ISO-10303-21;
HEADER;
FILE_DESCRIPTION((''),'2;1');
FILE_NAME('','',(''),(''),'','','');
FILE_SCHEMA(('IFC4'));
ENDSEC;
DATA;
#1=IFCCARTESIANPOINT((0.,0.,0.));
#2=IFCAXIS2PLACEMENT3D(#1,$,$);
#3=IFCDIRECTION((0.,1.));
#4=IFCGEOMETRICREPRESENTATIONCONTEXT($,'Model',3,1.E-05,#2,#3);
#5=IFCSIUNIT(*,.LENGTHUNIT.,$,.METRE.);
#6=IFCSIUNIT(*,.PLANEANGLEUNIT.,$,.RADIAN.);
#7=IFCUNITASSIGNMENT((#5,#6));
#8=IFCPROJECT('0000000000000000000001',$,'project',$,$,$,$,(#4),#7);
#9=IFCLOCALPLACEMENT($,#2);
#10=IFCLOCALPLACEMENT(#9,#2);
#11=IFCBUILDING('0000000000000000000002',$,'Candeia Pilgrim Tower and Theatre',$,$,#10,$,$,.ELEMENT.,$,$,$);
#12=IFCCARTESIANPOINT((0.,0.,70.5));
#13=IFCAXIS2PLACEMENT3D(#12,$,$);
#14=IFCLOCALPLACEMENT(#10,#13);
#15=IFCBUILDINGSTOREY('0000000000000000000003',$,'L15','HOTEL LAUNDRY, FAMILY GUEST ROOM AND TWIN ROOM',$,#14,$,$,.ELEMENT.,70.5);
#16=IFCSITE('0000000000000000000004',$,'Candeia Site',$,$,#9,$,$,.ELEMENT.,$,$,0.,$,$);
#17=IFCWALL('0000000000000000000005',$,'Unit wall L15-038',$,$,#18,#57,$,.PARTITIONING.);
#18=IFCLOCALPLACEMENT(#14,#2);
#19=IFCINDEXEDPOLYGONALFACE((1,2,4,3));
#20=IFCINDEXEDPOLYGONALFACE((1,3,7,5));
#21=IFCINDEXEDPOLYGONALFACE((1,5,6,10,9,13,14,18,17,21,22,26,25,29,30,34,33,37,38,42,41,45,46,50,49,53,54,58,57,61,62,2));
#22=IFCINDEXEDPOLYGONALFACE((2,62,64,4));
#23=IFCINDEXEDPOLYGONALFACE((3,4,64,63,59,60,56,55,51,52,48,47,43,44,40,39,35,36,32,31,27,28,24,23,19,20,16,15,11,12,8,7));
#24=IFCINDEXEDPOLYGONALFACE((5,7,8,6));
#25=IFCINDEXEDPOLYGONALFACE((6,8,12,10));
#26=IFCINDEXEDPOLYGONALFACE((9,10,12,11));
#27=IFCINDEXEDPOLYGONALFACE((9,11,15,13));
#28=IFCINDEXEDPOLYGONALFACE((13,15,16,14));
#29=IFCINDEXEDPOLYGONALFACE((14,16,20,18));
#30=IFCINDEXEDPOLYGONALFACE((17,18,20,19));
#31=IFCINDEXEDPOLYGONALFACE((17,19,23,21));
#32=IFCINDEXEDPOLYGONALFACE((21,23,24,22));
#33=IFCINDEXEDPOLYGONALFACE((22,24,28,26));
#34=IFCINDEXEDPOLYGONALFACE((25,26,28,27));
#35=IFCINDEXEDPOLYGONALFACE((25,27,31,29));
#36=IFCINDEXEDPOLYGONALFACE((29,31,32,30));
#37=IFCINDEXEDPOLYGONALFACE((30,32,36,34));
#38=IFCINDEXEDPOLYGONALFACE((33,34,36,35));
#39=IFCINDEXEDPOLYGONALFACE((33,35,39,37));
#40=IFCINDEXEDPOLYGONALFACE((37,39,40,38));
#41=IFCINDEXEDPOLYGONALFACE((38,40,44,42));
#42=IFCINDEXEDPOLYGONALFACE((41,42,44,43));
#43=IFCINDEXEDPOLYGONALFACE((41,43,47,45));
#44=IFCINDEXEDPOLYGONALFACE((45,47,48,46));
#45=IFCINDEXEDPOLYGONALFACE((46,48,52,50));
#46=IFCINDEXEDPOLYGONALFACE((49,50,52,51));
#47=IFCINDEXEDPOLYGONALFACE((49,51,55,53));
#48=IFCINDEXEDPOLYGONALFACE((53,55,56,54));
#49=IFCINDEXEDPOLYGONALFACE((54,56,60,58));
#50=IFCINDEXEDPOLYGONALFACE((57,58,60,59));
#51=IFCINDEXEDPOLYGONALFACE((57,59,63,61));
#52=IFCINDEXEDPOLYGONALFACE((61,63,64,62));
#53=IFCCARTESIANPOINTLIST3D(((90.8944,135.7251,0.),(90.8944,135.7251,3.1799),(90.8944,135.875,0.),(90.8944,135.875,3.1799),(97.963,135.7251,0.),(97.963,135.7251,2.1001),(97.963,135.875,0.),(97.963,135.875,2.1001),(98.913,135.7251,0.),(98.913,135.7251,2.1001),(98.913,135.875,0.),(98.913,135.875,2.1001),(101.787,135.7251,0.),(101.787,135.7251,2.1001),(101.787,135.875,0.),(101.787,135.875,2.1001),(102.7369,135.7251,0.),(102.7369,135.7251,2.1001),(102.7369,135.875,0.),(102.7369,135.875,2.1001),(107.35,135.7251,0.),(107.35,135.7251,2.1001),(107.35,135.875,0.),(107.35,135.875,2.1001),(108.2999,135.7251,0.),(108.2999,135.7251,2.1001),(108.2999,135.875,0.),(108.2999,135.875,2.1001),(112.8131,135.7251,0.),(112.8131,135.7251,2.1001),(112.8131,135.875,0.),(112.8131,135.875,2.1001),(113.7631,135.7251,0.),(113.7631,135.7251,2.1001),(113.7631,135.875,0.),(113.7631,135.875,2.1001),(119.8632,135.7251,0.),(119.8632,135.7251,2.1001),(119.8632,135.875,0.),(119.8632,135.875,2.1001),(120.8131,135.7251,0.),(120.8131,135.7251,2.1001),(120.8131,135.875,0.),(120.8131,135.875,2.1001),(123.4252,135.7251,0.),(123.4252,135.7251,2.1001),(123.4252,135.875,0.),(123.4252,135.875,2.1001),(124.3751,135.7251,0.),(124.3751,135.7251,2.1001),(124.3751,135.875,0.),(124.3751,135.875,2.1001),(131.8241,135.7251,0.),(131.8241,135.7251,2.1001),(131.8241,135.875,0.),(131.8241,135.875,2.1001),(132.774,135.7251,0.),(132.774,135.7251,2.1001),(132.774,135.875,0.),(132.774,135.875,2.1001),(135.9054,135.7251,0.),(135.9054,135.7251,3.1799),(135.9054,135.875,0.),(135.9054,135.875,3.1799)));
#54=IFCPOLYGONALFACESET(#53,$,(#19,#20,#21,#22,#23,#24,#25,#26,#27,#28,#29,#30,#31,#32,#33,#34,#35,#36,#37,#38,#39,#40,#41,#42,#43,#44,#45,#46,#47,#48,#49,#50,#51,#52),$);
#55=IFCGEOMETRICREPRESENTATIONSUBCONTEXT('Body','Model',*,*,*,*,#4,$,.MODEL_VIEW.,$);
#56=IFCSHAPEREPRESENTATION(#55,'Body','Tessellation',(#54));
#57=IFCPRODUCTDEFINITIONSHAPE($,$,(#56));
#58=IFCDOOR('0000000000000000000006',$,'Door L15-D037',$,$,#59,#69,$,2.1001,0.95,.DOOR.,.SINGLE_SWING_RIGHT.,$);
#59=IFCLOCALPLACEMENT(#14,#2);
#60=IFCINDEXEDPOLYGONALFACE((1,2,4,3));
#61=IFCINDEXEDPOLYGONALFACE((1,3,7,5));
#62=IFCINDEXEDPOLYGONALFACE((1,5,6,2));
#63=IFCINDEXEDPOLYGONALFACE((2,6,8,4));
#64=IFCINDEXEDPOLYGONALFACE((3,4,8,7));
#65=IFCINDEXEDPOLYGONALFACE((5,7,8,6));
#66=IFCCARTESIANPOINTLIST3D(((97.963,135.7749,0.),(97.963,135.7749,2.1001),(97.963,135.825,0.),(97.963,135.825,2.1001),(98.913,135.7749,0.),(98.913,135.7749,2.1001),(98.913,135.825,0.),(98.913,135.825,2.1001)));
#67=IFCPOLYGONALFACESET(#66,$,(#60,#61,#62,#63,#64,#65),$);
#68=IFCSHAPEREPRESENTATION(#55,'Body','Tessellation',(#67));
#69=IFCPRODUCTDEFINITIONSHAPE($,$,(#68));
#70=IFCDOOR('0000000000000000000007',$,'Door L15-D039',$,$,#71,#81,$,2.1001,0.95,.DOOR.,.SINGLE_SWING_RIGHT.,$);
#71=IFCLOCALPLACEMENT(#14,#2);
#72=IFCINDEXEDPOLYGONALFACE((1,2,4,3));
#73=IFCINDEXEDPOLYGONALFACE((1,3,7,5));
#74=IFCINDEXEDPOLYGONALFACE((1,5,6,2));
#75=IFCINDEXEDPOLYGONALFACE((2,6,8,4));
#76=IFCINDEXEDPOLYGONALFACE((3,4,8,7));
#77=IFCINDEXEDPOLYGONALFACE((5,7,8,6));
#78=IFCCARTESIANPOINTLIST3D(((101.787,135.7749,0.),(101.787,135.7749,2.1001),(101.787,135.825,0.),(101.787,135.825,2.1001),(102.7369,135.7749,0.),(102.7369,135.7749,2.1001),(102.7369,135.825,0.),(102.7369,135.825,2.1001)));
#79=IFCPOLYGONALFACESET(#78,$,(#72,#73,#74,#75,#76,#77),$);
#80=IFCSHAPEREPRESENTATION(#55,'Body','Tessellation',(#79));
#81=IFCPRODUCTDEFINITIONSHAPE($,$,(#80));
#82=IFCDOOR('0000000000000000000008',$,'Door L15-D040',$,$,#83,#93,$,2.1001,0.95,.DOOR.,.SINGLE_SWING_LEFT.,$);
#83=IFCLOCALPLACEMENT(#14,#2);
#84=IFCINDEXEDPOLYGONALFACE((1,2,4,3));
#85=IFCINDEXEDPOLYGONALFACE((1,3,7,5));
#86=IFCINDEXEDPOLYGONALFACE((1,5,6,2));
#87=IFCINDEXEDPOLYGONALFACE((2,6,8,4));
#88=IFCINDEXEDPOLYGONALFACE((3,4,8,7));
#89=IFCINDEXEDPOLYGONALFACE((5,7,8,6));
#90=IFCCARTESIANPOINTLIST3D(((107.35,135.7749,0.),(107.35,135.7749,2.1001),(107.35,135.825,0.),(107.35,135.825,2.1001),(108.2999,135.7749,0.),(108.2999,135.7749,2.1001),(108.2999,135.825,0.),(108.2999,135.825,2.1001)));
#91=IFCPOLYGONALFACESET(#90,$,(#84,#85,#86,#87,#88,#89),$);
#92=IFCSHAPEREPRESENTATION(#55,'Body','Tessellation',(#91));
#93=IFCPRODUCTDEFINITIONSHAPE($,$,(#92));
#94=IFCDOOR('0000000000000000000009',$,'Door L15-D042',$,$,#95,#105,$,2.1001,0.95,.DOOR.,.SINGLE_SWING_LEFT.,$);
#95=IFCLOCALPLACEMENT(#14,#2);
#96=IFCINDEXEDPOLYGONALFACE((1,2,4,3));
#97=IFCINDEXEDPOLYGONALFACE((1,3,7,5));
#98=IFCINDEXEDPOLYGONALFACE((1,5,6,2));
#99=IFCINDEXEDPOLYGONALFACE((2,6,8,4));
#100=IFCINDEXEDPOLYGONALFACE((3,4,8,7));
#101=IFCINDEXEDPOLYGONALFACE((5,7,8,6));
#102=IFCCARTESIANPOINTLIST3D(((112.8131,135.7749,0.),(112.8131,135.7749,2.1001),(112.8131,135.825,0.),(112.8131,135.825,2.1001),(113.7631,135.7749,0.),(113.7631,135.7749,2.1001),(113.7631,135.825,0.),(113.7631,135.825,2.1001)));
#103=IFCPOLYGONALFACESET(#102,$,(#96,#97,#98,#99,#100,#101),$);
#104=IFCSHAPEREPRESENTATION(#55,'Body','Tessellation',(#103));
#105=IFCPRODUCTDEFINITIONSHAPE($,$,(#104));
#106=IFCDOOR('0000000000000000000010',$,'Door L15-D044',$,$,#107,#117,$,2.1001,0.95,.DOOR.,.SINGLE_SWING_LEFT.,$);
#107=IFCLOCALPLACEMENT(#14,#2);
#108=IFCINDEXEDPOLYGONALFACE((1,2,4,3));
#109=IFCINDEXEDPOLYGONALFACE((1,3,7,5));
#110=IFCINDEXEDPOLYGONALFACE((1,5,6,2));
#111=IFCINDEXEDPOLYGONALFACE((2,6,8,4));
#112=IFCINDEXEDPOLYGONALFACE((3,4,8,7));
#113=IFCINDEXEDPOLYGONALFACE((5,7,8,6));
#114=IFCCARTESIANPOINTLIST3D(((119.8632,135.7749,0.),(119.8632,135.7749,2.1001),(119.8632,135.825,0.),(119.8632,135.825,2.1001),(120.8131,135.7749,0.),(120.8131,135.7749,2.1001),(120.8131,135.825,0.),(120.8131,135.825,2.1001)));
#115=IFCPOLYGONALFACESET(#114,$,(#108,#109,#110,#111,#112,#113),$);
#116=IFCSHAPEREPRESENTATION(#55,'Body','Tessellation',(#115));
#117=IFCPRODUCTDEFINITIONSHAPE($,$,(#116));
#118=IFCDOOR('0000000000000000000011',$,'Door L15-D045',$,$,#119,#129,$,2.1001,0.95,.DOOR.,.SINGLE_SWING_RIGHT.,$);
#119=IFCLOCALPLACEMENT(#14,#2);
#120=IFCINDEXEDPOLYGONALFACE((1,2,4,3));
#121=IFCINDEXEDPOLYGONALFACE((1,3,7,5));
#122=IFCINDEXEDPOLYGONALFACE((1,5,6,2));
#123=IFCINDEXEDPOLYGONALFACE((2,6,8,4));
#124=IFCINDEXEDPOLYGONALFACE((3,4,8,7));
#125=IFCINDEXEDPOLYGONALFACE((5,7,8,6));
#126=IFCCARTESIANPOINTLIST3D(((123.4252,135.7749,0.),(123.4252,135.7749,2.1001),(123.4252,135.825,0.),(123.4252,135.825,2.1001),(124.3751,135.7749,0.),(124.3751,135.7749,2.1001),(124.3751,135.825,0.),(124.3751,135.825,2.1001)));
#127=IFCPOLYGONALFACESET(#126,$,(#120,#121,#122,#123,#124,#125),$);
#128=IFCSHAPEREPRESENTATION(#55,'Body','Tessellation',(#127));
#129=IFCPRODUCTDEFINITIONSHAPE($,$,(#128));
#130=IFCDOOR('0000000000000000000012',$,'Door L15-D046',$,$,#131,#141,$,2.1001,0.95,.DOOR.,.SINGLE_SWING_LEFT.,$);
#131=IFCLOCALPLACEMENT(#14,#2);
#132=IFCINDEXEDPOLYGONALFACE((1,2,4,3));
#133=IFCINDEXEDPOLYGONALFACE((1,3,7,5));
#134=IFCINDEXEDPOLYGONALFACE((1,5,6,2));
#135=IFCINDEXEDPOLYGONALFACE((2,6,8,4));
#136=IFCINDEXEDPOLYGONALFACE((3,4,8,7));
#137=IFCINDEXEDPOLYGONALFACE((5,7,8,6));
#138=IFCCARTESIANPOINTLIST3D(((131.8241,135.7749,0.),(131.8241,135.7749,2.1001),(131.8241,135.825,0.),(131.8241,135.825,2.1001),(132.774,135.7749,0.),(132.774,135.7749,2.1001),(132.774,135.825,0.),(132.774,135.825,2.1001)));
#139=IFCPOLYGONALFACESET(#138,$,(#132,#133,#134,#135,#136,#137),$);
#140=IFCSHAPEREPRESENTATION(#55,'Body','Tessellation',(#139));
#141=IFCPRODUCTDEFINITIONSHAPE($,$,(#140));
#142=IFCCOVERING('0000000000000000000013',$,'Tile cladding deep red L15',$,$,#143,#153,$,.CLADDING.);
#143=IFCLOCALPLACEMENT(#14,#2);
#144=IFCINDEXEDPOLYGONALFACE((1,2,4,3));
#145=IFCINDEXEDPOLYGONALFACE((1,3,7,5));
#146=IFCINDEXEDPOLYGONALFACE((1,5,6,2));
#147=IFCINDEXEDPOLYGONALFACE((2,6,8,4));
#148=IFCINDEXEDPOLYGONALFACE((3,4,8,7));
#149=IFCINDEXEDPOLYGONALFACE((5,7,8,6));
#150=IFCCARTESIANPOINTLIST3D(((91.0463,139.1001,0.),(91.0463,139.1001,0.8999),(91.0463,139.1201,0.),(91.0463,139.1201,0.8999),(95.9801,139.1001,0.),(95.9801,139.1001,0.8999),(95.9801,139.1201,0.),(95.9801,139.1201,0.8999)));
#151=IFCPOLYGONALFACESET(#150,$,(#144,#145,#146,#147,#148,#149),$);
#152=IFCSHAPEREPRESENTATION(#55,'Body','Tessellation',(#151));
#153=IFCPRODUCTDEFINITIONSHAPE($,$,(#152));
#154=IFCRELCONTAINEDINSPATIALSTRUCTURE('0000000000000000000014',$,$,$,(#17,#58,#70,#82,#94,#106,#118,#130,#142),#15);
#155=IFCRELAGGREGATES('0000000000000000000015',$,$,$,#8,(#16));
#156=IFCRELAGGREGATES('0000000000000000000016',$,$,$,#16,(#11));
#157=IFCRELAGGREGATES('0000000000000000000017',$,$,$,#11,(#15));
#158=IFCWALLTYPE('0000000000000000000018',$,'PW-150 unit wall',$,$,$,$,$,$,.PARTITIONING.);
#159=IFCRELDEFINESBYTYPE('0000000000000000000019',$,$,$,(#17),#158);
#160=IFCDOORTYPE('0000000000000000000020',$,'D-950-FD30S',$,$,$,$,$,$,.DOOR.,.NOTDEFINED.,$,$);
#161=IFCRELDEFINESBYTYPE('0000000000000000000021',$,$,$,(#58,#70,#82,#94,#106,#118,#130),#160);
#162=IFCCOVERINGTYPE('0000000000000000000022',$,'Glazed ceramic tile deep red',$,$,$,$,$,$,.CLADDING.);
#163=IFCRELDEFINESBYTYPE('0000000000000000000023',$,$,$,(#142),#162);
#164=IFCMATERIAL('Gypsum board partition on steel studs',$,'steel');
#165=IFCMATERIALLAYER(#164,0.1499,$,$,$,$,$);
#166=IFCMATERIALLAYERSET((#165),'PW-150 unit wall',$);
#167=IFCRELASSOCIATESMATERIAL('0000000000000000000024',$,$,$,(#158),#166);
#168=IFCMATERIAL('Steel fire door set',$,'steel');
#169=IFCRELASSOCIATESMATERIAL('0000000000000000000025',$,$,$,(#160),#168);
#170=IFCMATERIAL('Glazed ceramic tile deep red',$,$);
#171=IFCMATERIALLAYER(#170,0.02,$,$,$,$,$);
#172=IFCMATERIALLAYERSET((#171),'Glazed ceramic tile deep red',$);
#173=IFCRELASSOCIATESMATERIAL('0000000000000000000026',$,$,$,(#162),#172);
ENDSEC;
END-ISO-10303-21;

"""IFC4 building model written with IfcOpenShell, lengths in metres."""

from ifc_helpers import new_model, si_unit, direction, frame, frame_2d, origin, origin_2d, place, context, subcontext, project, spatial, rectangle, extrude, material, layer, layer_set, type_object, element, fill, save


model = new_model("IFC4")

# Units and contexts
model_context = context("Model", 3, precision=1e-05, world=origin(), true_north=direction((0.0, 1.0)))
body_context = subcontext(model_context, "Body", "Model", "MODEL_VIEW")
ifc_project = project(units=[si_unit("LENGTHUNIT", "METRE"), si_unit("PLANEANGLEUNIT", "RADIAN")], contexts=[model_context])

# Site, building, storey
site_placement = place(None, origin())
site = spatial("IfcSite", under=ifc_project, at=site_placement, Name="Candeia Site", CompositionType="ELEMENT", RefElevation=0.0)
building_placement = place(site_placement, origin())
building = spatial("IfcBuilding", under=site, at=building_placement, Name="Candeia Pilgrim Tower and Theatre", CompositionType="ELEMENT")
storey_placement = place(building_placement, frame((0.0, 0.0, 70.5)))
storey = spatial("IfcBuildingStorey", under=building, at=storey_placement, Name="L15", Description="HOTEL LAUNDRY, FAMILY GUEST ROOM AND TWIN ROOM", CompositionType="ELEMENT", Elevation=70.5)

# Shared definitions
ifc_material_1 = material(Name="Gypsum board partition on steel studs", Category="steel")

# Wall, openings, doors
ifc_layer_1 = layer(ifc_material_1, 0.1499)
ifc_layer_set_1 = layer_set([ifc_layer_1], Name="PW-150 unit wall")
wall_type_1 = type_object("IfcWallType", Name="PW-150 unit wall", PredefinedType="PARTITIONING", material=ifc_layer_set_1)
wall_1_placement = place(storey_placement, frame((90.8945, 135.8, 0.0), z_axis=(0.0, 0.0, 1.0), x_axis=(1.0, 0.0, 0.0)))
wall_1 = element("IfcWall", 1, at=wall_1_placement, inside=storey, type_object=wall_type_1, Name="Unit wall L15-038", PredefinedType="PARTITIONING", context=body_context, shape_type="SweptSolid", body=[
    extrude(rectangle(XDim=45.011, YDim=0.1499, at=frame_2d((22.5054, 0.0))), origin(), (0.0, 0.0, 1.0), 3.1799),
])
opening_1_placement = place(wall_1_placement, frame((7.0684, 0.0, 0.0)))
opening_1 = element("IfcOpeningElement", 2, at=opening_1_placement, cuts=wall_1, PredefinedType="OPENING", context=body_context, shape_type="SweptSolid", body=[
    extrude(rectangle(XDim=0.95, YDim=2.1001, at=frame_2d((0.4751, 1.05))), frame((0.0, 0.085, 0.0), z_axis=(0.0, -1.0, 0.0), x_axis=(1.0, 0.0, 0.0)), (0.0, 0.0, 1.0), 0.1699),
])
opening_2_placement = place(wall_1_placement, frame((10.8923, 0.0, 0.0)))
opening_2 = element("IfcOpeningElement", 3, at=opening_2_placement, cuts=wall_1, PredefinedType="OPENING", context=body_context, shape_type="SweptSolid", body=[
    extrude(rectangle(XDim=0.95, YDim=2.1001, at=frame_2d((0.4751, 1.05))), frame((0.0, 0.085, 0.0), z_axis=(0.0, -1.0, 0.0), x_axis=(1.0, 0.0, 0.0)), (0.0, 0.0, 1.0), 0.1699),
])
opening_3_placement = place(wall_1_placement, frame((16.4553, 0.0, 0.0)))
opening_3 = element("IfcOpeningElement", 4, at=opening_3_placement, cuts=wall_1, PredefinedType="OPENING", context=body_context, shape_type="SweptSolid", body=[
    extrude(rectangle(XDim=0.95, YDim=2.1001, at=frame_2d((0.4751, 1.05))), frame((0.0, 0.085, 0.0), z_axis=(0.0, -1.0, 0.0), x_axis=(1.0, 0.0, 0.0)), (0.0, 0.0, 1.0), 0.1699),
])
opening_4_placement = place(wall_1_placement, frame((21.9185, 0.0, 0.0)))
opening_4 = element("IfcOpeningElement", 5, at=opening_4_placement, cuts=wall_1, PredefinedType="OPENING", context=body_context, shape_type="SweptSolid", body=[
    extrude(rectangle(XDim=0.95, YDim=2.1001, at=frame_2d((0.4751, 1.05))), frame((0.0, 0.085, 0.0), z_axis=(0.0, -1.0, 0.0), x_axis=(1.0, 0.0, 0.0)), (0.0, 0.0, 1.0), 0.1699),
])
opening_5_placement = place(wall_1_placement, frame((28.9685, 0.0, 0.0)))
opening_5 = element("IfcOpeningElement", 6, at=opening_5_placement, cuts=wall_1, PredefinedType="OPENING", context=body_context, shape_type="SweptSolid", body=[
    extrude(rectangle(XDim=0.95, YDim=2.1001, at=frame_2d((0.4751, 1.05))), frame((0.0, 0.085, 0.0), z_axis=(0.0, -1.0, 0.0), x_axis=(1.0, 0.0, 0.0)), (0.0, 0.0, 1.0), 0.1699),
])
opening_6_placement = place(wall_1_placement, frame((32.5305, 0.0, 0.0)))
opening_6 = element("IfcOpeningElement", 7, at=opening_6_placement, cuts=wall_1, PredefinedType="OPENING", context=body_context, shape_type="SweptSolid", body=[
    extrude(rectangle(XDim=0.95, YDim=2.1001, at=frame_2d((0.4751, 1.05))), frame((0.0, 0.085, 0.0), z_axis=(0.0, -1.0, 0.0), x_axis=(1.0, 0.0, 0.0)), (0.0, 0.0, 1.0), 0.1699),
])
opening_7_placement = place(wall_1_placement, frame((40.9294, 0.0, 0.0)))
opening_7 = element("IfcOpeningElement", 8, at=opening_7_placement, cuts=wall_1, PredefinedType="OPENING", context=body_context, shape_type="SweptSolid", body=[
    extrude(rectangle(XDim=0.95, YDim=2.1001, at=frame_2d((0.4751, 1.05))), frame((0.0, 0.085, 0.0), z_axis=(0.0, -1.0, 0.0), x_axis=(1.0, 0.0, 0.0)), (0.0, 0.0, 1.0), 0.1699),
])
ifc_material_2 = material(Name="Steel fire door set", Category="steel")
door_type_1 = type_object("IfcDoorType", Name="D-950-FD30S", OperationType="NOTDEFINED", PredefinedType="DOOR", material=ifc_material_2)
door_1_placement = place(opening_1_placement, origin())
door_1 = element("IfcDoor", 9, at=door_1_placement, inside=storey, type_object=door_type_1, Name="Door L15-D037", OperationType="SINGLE_SWING_RIGHT", OverallHeight=2.1001, OverallWidth=0.95, PredefinedType="DOOR", context=body_context, shape_type="SweptSolid", body=[
    extrude(rectangle(XDim=0.95, YDim=2.1001, at=frame_2d((0.4751, 1.05))), frame((0.0, 0.0249, 0.0), z_axis=(0.0, -1.0, 0.0), x_axis=(1.0, 0.0, 0.0)), (0.0, 0.0, 1.0), 0.05),
])
fill(opening_1, door_1)
door_2_placement = place(opening_2_placement, origin())
door_2 = element("IfcDoor", 10, at=door_2_placement, inside=storey, type_object=door_type_1, Name="Door L15-D039", OperationType="SINGLE_SWING_RIGHT", OverallHeight=2.1001, OverallWidth=0.95, PredefinedType="DOOR", context=body_context, shape_type="SweptSolid", body=[
    extrude(rectangle(XDim=0.95, YDim=2.1001, at=frame_2d((0.4751, 1.05))), frame((0.0, 0.0249, 0.0), z_axis=(0.0, -1.0, 0.0), x_axis=(1.0, 0.0, 0.0)), (0.0, 0.0, 1.0), 0.05),
])
fill(opening_2, door_2)
door_3_placement = place(opening_3_placement, origin())
door_3 = element("IfcDoor", 11, at=door_3_placement, inside=storey, type_object=door_type_1, Name="Door L15-D040", OperationType="SINGLE_SWING_LEFT", OverallHeight=2.1001, OverallWidth=0.95, PredefinedType="DOOR", context=body_context, shape_type="SweptSolid", body=[
    extrude(rectangle(XDim=0.95, YDim=2.1001, at=frame_2d((0.4751, 1.05))), frame((0.0, 0.0249, 0.0), z_axis=(0.0, -1.0, 0.0), x_axis=(1.0, 0.0, 0.0)), (0.0, 0.0, 1.0), 0.05),
])
fill(opening_3, door_3)
door_4_placement = place(opening_4_placement, origin())
door_4 = element("IfcDoor", 12, at=door_4_placement, inside=storey, type_object=door_type_1, Name="Door L15-D042", OperationType="SINGLE_SWING_LEFT", OverallHeight=2.1001, OverallWidth=0.95, PredefinedType="DOOR", context=body_context, shape_type="SweptSolid", body=[
    extrude(rectangle(XDim=0.95, YDim=2.1001, at=frame_2d((0.4751, 1.05))), frame((0.0, 0.0249, 0.0), z_axis=(0.0, -1.0, 0.0), x_axis=(1.0, 0.0, 0.0)), (0.0, 0.0, 1.0), 0.05),
])
fill(opening_4, door_4)
door_5_placement = place(opening_5_placement, origin())
door_5 = element("IfcDoor", 13, at=door_5_placement, inside=storey, type_object=door_type_1, Name="Door L15-D044", OperationType="SINGLE_SWING_LEFT", OverallHeight=2.1001, OverallWidth=0.95, PredefinedType="DOOR", context=body_context, shape_type="SweptSolid", body=[
    extrude(rectangle(XDim=0.95, YDim=2.1001, at=frame_2d((0.4751, 1.05))), frame((0.0, 0.0249, 0.0), z_axis=(0.0, -1.0, 0.0), x_axis=(1.0, 0.0, 0.0)), (0.0, 0.0, 1.0), 0.05),
])
fill(opening_5, door_5)
door_6_placement = place(opening_6_placement, origin())
door_6 = element("IfcDoor", 14, at=door_6_placement, inside=storey, type_object=door_type_1, Name="Door L15-D045", OperationType="SINGLE_SWING_RIGHT", OverallHeight=2.1001, OverallWidth=0.95, PredefinedType="DOOR", context=body_context, shape_type="SweptSolid", body=[
    extrude(rectangle(XDim=0.95, YDim=2.1001, at=frame_2d((0.4751, 1.05))), frame((0.0, 0.0249, 0.0), z_axis=(0.0, -1.0, 0.0), x_axis=(1.0, 0.0, 0.0)), (0.0, 0.0, 1.0), 0.05),
])
fill(opening_6, door_6)
door_7_placement = place(opening_7_placement, origin())
door_7 = element("IfcDoor", 15, at=door_7_placement, inside=storey, type_object=door_type_1, Name="Door L15-D046", OperationType="SINGLE_SWING_LEFT", OverallHeight=2.1001, OverallWidth=0.95, PredefinedType="DOOR", context=body_context, shape_type="SweptSolid", body=[
    extrude(rectangle(XDim=0.95, YDim=2.1001, at=frame_2d((0.4751, 1.05))), frame((0.0, 0.0249, 0.0), z_axis=(0.0, -1.0, 0.0), x_axis=(1.0, 0.0, 0.0)), (0.0, 0.0, 1.0), 0.05),
])
fill(opening_7, door_7)

# Covering
ifc_material_3 = material(Name="Glazed ceramic tile deep red")
ifc_layer_2 = layer(ifc_material_3, 0.02)
ifc_layer_set_2 = layer_set([ifc_layer_2], Name="Glazed ceramic tile deep red")
covering_type_1 = type_object("IfcCoveringType", Name="Glazed ceramic tile deep red", PredefinedType="CLADDING", material=ifc_layer_set_2)
covering_1_placement = place(storey_placement, frame((93.5132, 139.1101, 0.0), z_axis=(0.0, 0.0, 1.0), x_axis=(-1.0, 0.0, 0.0)))
element("IfcCovering", 16, at=covering_1_placement, inside=storey, type_object=covering_type_1, Name="Tile cladding deep red L15", PredefinedType="CLADDING", context=body_context, shape_type="SweptSolid", body=[
    extrude(rectangle(XDim=4.9338, YDim=0.02, at=origin_2d()), origin(), (0.0, 0.0, 1.0), 0.8999),
])

save(model, "model.ifc")
